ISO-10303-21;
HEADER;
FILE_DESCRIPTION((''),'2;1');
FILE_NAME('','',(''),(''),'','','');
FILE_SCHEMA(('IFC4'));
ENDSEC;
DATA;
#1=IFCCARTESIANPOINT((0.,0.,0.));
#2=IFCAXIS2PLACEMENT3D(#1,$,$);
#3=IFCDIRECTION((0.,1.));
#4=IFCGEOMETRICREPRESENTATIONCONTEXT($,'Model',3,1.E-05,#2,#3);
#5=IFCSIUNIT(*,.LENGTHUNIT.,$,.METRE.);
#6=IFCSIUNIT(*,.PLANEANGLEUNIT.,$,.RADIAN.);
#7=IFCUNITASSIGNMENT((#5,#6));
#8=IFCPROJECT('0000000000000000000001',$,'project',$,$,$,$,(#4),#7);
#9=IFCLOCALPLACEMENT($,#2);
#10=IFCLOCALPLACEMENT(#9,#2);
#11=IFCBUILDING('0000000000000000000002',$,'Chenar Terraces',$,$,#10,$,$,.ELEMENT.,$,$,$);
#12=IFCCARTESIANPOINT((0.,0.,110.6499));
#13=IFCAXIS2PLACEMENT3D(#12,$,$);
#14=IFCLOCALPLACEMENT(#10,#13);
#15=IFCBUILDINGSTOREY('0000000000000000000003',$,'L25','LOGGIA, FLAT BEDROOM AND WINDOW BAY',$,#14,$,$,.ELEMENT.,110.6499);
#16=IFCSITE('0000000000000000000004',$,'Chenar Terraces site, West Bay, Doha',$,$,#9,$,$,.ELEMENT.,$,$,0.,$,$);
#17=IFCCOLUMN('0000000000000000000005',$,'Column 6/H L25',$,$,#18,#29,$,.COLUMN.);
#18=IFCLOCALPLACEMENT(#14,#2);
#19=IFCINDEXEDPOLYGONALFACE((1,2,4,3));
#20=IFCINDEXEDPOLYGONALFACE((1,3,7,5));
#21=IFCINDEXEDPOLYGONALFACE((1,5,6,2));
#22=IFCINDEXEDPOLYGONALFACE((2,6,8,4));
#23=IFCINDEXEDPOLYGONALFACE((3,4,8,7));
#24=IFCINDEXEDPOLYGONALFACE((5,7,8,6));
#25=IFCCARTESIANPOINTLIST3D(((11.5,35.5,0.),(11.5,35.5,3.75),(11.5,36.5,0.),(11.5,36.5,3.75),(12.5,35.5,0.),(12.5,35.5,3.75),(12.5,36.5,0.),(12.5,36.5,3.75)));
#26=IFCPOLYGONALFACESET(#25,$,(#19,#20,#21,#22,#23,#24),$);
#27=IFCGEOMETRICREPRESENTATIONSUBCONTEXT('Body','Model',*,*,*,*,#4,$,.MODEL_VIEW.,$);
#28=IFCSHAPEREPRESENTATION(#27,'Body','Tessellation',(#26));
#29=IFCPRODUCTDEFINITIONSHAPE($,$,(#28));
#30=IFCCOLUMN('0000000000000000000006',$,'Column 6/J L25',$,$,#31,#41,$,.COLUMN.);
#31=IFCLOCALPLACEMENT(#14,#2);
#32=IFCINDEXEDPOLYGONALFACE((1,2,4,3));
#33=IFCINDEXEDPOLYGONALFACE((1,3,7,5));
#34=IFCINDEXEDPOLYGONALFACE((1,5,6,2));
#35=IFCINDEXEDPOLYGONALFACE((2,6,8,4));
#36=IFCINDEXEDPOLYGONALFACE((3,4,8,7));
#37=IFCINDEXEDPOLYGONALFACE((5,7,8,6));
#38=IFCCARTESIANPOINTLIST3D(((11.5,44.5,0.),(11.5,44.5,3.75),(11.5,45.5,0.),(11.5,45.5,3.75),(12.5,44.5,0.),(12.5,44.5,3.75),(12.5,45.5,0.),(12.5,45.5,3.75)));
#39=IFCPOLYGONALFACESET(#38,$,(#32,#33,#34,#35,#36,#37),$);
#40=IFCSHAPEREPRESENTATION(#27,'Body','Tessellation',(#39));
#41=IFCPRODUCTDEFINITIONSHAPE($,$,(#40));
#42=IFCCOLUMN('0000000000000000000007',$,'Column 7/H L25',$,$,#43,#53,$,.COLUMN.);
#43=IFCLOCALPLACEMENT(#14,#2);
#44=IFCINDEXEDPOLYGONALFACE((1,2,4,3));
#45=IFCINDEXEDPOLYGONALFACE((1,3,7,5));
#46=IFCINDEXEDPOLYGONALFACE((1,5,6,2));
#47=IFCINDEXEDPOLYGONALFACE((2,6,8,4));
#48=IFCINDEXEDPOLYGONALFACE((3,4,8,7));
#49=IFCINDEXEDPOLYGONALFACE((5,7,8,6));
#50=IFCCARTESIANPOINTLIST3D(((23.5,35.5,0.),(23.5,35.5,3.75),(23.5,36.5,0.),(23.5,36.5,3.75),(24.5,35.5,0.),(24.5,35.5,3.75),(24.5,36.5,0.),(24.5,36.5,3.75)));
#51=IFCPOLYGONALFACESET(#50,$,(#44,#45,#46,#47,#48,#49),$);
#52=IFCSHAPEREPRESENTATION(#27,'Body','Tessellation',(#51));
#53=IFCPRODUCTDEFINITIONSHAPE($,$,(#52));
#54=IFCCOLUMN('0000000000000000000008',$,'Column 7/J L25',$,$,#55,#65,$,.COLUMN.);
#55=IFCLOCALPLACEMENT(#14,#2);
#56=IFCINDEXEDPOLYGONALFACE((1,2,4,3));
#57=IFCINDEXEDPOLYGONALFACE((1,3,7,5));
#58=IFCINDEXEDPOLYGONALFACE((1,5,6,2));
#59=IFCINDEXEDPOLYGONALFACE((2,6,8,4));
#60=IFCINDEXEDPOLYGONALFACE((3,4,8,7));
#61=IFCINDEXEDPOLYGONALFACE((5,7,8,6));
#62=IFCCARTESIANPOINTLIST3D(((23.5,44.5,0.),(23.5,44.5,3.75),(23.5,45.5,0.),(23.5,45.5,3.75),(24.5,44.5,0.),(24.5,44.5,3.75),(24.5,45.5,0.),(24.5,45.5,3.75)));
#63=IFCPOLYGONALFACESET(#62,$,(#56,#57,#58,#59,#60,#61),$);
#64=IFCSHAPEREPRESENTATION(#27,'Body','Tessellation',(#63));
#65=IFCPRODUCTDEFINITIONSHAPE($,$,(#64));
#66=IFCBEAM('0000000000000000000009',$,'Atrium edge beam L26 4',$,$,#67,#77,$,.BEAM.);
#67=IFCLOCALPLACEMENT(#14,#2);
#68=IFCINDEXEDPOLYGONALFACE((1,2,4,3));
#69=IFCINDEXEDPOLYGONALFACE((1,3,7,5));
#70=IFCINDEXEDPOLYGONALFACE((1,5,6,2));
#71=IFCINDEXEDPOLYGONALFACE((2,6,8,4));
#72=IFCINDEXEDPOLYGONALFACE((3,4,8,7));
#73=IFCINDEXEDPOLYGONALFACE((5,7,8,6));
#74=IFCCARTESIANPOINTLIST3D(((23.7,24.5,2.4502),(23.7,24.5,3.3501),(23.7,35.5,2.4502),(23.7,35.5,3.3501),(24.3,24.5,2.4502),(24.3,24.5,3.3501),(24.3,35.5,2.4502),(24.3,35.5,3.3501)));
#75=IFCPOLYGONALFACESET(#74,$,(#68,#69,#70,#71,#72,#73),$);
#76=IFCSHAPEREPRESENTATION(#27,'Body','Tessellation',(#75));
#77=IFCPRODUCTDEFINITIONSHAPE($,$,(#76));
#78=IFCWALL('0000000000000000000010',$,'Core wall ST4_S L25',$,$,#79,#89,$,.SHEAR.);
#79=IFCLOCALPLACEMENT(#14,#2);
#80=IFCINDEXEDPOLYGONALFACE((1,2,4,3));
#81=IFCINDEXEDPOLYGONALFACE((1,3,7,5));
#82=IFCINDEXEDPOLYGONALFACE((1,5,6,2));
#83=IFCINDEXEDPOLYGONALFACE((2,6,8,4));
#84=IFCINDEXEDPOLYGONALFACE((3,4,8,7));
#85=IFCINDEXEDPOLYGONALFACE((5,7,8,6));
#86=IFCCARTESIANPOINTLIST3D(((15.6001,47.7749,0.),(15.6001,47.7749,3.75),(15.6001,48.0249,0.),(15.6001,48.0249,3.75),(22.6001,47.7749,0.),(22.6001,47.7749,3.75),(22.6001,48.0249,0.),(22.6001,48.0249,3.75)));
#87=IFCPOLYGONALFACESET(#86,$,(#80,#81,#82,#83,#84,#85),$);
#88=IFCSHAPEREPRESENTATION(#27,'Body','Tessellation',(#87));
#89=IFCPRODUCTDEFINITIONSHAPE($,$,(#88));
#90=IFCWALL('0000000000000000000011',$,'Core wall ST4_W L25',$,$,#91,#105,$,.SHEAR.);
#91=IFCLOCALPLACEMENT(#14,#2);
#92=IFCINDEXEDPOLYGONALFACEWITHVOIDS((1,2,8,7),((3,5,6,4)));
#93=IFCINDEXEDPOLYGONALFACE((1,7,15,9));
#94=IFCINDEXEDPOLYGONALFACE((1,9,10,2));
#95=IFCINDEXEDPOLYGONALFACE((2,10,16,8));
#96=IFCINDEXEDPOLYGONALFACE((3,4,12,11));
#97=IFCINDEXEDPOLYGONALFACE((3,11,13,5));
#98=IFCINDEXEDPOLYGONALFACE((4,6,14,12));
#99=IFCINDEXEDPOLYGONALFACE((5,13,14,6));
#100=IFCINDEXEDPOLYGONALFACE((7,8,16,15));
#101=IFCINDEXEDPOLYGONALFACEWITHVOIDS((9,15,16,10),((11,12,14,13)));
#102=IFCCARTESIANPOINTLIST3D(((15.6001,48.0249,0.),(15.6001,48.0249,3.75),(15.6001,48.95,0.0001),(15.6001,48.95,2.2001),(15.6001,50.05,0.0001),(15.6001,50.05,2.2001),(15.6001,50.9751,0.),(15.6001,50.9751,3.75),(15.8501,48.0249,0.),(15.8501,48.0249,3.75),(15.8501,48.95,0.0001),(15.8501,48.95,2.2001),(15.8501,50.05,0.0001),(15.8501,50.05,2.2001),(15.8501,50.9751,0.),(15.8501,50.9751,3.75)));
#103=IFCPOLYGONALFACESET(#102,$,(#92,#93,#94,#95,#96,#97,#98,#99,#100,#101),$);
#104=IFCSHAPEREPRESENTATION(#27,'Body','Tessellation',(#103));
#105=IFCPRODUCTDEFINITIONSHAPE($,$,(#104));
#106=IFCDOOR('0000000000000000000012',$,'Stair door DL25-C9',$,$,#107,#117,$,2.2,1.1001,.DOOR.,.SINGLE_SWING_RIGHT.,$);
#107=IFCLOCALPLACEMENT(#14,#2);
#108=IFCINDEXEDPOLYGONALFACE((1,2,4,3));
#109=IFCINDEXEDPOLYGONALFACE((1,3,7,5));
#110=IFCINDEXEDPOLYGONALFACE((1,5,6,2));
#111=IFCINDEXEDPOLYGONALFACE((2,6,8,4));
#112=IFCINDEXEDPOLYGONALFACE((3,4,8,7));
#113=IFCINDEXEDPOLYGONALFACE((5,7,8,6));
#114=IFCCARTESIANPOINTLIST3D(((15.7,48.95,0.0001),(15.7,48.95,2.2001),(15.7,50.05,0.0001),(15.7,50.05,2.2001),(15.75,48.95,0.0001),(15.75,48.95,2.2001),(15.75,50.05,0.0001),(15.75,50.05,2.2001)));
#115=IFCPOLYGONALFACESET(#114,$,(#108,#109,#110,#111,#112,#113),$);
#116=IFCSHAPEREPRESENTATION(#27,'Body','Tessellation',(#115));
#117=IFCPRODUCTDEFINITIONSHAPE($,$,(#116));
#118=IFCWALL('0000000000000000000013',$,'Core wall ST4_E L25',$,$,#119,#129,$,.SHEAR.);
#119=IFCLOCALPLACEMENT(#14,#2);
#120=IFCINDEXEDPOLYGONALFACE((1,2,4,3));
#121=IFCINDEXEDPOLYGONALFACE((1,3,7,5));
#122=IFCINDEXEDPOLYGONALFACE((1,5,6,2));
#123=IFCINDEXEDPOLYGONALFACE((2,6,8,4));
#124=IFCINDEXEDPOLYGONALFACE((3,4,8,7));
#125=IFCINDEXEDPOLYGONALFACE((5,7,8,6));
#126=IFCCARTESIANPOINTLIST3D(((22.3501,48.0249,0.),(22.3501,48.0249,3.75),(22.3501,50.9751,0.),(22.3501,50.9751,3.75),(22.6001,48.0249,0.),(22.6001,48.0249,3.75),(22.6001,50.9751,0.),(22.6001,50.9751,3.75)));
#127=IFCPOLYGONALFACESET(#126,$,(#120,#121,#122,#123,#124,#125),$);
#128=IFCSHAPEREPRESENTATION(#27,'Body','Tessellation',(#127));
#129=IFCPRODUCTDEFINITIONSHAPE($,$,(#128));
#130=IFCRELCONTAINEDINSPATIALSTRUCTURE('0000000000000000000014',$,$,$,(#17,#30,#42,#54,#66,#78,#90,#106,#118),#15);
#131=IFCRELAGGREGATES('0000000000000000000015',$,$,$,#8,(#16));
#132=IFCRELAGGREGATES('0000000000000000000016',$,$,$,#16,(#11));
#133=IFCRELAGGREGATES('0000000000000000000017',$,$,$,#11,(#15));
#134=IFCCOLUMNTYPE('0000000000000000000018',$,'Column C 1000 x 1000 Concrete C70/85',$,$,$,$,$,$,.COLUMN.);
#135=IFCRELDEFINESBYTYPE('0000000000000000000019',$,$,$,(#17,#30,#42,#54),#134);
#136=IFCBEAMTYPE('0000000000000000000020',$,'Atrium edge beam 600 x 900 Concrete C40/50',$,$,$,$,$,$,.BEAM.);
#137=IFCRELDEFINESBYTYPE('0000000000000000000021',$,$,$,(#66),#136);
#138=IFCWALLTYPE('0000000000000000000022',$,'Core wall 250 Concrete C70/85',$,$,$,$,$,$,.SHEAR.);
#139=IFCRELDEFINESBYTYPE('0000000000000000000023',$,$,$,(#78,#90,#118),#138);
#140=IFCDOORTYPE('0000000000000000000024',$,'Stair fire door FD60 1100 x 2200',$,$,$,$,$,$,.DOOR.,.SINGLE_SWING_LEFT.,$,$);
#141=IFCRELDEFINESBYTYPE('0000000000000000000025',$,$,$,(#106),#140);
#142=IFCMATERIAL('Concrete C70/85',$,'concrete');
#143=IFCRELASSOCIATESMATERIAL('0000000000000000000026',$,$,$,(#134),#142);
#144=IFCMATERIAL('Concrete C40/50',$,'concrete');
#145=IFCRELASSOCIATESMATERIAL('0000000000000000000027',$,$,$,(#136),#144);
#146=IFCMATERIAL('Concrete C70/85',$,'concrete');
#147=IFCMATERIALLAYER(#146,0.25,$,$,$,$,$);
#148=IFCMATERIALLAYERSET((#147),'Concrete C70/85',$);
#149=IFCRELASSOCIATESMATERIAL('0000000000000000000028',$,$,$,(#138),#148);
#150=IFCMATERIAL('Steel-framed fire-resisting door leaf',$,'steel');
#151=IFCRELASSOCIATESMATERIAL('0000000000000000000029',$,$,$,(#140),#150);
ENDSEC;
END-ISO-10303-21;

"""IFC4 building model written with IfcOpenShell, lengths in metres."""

from ifc_helpers import new_model, si_unit, direction, frame, frame_2d, origin, origin_2d, place, context, subcontext, project, spatial, rectangle, extrude, material, layer, layer_set, material_profile, profile_set, type_object, element, fill, save


model = new_model("IFC4")

# Units and contexts
model_context = context("Model", 3, precision=1e-05, world=origin(), true_north=direction((0.0, 1.0)))
body_context = subcontext(model_context, "Body", "Model", "MODEL_VIEW")
ifc_project = project(units=[si_unit("LENGTHUNIT", "METRE"), si_unit("PLANEANGLEUNIT", "RADIAN")], contexts=[model_context])

# Site, building, storey
site_placement = place(None, origin())
site = spatial("IfcSite", under=ifc_project, at=site_placement, Name="Chenar Terraces site, West Bay, Doha", CompositionType="ELEMENT", RefElevation=0.0)
building_placement = place(site_placement, origin())
building = spatial("IfcBuilding", under=site, at=building_placement, Name="Chenar Terraces", CompositionType="ELEMENT")
storey_placement = place(building_placement, frame((0.0, 0.0, 110.6499)))
storey = spatial("IfcBuildingStorey", under=building, at=storey_placement, Name="L25", Description="LOGGIA, FLAT BEDROOM AND WINDOW BAY", CompositionType="ELEMENT", Elevation=110.6499)

# Columns
ifc_material_1 = material(Name="Concrete C70/85", Category="concrete")
ifc_material_profile_1 = material_profile(ifc_material_1, rectangle(XDim=1.0, YDim=1.0, at=origin_2d()), Name="C 1000 x 1000")
ifc_profile_set_1 = profile_set([ifc_material_profile_1], Name="Concrete C70/85")
column_type = type_object("IfcColumnType", Name="Column C 1000 x 1000 Concrete C70/85", PredefinedType="COLUMN", material=ifc_profile_set_1)
for number, where, z_axis, x_axis, name in (
    (1, (12.0, 36.0, 0.0), (0.0, 0.0, 1.0), (1.0, 0.0, 0.0), "Column 6/H L25"),
    (2, (12.0, 45.0, 0.0), (0.0, 0.0, 1.0), (1.0, 0.0, 0.0), "Column 6/J L25"),
    (3, (24.0, 36.0, 0.0), (0.0, 0.0, 1.0), (1.0, 0.0, 0.0), "Column 7/H L25"),
    (4, (24.0, 45.0, 0.0), (0.0, 0.0, 1.0), (1.0, 0.0, 0.0), "Column 7/J L25"),
):
    element("IfcColumn", number, at=place(storey_placement, frame(where, z_axis=z_axis, x_axis=x_axis)), inside=storey, type_object=column_type, Name=name, PredefinedType="COLUMN", context=body_context, shape_type="SweptSolid", body=[
        extrude(rectangle(XDim=1.0, YDim=1.0, at=origin_2d()), origin(), (0.0, 0.0, 1.0), 3.75),
    ])

# Beam
ifc_material_2 = material(Name="Concrete C40/50", Category="concrete")
ifc_material_profile_2 = material_profile(ifc_material_2, rectangle(XDim=0.6001, YDim=0.8999, at=origin_2d()), Name="RC 600 x 900")
ifc_profile_set_2 = profile_set([ifc_material_profile_2], Name="Concrete C40/50")
beam_type = type_object("IfcBeamType", Name="Atrium edge beam 600 x 900 Concrete C40/50", PredefinedType="BEAM", material=ifc_profile_set_2)
beam_placement = place(storey_placement, frame((24.0, 35.5, 2.9001), z_axis=(0.0, -1.0, 0.0), x_axis=(1.0, 0.0, 0.0)))
element("IfcBeam", 5, at=beam_placement, inside=storey, type_object=beam_type, Name="Atrium edge beam L26 4", PredefinedType="BEAM", context=body_context, shape_type="SweptSolid", body=[
    extrude(rectangle(XDim=0.6001, YDim=0.8999, at=origin_2d()), origin(), (0.0, 0.0, 1.0), 11.0),
])

# Wall
ifc_material_3 = material(Name="Concrete C70/85", Category="concrete")
ifc_layer_1 = layer(ifc_material_3, 0.25)
ifc_layer_set_1 = layer_set([ifc_layer_1], Name="Concrete C70/85")
wall_type_1 = type_object("IfcWallType", Name="Core wall 250 Concrete C70/85", PredefinedType="SHEAR", material=ifc_layer_set_1)
wall_1_placement = place(storey_placement, frame((15.6001, 47.8999, 0.0), z_axis=(0.0, 0.0, 1.0), x_axis=(1.0, 0.0, 0.0)))
element("IfcWall", 6, at=wall_1_placement, inside=storey, type_object=wall_type_1, Name="Core wall ST4_S L25", PredefinedType="SHEAR", context=body_context, shape_type="SweptSolid", body=[
    extrude(rectangle(XDim=7.0, YDim=0.25, at=frame_2d((3.5, 0.0))), origin(), (0.0, 0.0, 1.0), 3.75),
])

# Wall, opening, door
wall_2_placement = place(storey_placement, frame((15.7251, 48.0249, 0.0), z_axis=(0.0, 0.0, 1.0), x_axis=(0.0, 1.0, 0.0)))
wall_2 = element("IfcWall", 7, at=wall_2_placement, inside=storey, type_object=wall_type_1, Name="Core wall ST4_W L25", PredefinedType="SHEAR", context=body_context, shape_type="SweptSolid", body=[
    extrude(rectangle(XDim=2.9502, YDim=0.25, at=frame_2d((1.4751, 0.0))), origin(), (0.0, 0.0, 1.0), 3.75),
])
opening_1_placement = place(wall_2_placement, frame((0.925, 0.0, 0.0)))
opening_1 = element("IfcOpeningElement", 8, at=opening_1_placement, cuts=wall_2, PredefinedType="OPENING", context=body_context, shape_type="SweptSolid", body=[
    extrude(rectangle(XDim=1.1001, YDim=2.2, at=frame_2d((0.55, 1.1001))), frame((0.0, 0.135, 0.0), z_axis=(0.0, -1.0, 0.0), x_axis=(1.0, 0.0, 0.0)), (0.0, 0.0, 1.0), 0.27),
])
ifc_material_4 = material(Name="Steel-framed fire-resisting door leaf", Category="steel")
door_type_1 = type_object("IfcDoorType", Name="Stair fire door FD60 1100 x 2200", OperationType="SINGLE_SWING_LEFT", PredefinedType="DOOR", material=ifc_material_4)
door_1_placement = place(opening_1_placement, frame((1.1001, 0.0, 0.0), z_axis=(0.0, 0.0, 1.0), x_axis=(-1.0, 0.0, 0.0)))
door_1 = element("IfcDoor", 9, at=door_1_placement, inside=storey, type_object=door_type_1, Name="Stair door DL25-C9", OperationType="SINGLE_SWING_RIGHT", OverallHeight=2.2, OverallWidth=1.1001, PredefinedType="DOOR", context=body_context, shape_type="SweptSolid", body=[
    extrude(rectangle(XDim=1.1001, YDim=2.2, at=frame_2d((0.55, 1.1001))), frame((0.0, 0.0249, 0.0), z_axis=(0.0, -1.0, 0.0), x_axis=(1.0, 0.0, 0.0)), (0.0, 0.0, 1.0), 0.05),
])
fill(opening_1, door_1)

# Wall
wall_3_placement = place(storey_placement, frame((22.4751, 48.0249, 0.0), z_axis=(0.0, 0.0, 1.0), x_axis=(0.0, 1.0, 0.0)))
element("IfcWall", 10, at=wall_3_placement, inside=storey, type_object=wall_type_1, Name="Core wall ST4_E L25", PredefinedType="SHEAR", context=body_context, shape_type="SweptSolid", body=[
    extrude(rectangle(XDim=2.9502, YDim=0.25, at=frame_2d((1.4751, 0.0))), origin(), (0.0, 0.0, 1.0), 3.75),
])

save(model, "model.ifc")
